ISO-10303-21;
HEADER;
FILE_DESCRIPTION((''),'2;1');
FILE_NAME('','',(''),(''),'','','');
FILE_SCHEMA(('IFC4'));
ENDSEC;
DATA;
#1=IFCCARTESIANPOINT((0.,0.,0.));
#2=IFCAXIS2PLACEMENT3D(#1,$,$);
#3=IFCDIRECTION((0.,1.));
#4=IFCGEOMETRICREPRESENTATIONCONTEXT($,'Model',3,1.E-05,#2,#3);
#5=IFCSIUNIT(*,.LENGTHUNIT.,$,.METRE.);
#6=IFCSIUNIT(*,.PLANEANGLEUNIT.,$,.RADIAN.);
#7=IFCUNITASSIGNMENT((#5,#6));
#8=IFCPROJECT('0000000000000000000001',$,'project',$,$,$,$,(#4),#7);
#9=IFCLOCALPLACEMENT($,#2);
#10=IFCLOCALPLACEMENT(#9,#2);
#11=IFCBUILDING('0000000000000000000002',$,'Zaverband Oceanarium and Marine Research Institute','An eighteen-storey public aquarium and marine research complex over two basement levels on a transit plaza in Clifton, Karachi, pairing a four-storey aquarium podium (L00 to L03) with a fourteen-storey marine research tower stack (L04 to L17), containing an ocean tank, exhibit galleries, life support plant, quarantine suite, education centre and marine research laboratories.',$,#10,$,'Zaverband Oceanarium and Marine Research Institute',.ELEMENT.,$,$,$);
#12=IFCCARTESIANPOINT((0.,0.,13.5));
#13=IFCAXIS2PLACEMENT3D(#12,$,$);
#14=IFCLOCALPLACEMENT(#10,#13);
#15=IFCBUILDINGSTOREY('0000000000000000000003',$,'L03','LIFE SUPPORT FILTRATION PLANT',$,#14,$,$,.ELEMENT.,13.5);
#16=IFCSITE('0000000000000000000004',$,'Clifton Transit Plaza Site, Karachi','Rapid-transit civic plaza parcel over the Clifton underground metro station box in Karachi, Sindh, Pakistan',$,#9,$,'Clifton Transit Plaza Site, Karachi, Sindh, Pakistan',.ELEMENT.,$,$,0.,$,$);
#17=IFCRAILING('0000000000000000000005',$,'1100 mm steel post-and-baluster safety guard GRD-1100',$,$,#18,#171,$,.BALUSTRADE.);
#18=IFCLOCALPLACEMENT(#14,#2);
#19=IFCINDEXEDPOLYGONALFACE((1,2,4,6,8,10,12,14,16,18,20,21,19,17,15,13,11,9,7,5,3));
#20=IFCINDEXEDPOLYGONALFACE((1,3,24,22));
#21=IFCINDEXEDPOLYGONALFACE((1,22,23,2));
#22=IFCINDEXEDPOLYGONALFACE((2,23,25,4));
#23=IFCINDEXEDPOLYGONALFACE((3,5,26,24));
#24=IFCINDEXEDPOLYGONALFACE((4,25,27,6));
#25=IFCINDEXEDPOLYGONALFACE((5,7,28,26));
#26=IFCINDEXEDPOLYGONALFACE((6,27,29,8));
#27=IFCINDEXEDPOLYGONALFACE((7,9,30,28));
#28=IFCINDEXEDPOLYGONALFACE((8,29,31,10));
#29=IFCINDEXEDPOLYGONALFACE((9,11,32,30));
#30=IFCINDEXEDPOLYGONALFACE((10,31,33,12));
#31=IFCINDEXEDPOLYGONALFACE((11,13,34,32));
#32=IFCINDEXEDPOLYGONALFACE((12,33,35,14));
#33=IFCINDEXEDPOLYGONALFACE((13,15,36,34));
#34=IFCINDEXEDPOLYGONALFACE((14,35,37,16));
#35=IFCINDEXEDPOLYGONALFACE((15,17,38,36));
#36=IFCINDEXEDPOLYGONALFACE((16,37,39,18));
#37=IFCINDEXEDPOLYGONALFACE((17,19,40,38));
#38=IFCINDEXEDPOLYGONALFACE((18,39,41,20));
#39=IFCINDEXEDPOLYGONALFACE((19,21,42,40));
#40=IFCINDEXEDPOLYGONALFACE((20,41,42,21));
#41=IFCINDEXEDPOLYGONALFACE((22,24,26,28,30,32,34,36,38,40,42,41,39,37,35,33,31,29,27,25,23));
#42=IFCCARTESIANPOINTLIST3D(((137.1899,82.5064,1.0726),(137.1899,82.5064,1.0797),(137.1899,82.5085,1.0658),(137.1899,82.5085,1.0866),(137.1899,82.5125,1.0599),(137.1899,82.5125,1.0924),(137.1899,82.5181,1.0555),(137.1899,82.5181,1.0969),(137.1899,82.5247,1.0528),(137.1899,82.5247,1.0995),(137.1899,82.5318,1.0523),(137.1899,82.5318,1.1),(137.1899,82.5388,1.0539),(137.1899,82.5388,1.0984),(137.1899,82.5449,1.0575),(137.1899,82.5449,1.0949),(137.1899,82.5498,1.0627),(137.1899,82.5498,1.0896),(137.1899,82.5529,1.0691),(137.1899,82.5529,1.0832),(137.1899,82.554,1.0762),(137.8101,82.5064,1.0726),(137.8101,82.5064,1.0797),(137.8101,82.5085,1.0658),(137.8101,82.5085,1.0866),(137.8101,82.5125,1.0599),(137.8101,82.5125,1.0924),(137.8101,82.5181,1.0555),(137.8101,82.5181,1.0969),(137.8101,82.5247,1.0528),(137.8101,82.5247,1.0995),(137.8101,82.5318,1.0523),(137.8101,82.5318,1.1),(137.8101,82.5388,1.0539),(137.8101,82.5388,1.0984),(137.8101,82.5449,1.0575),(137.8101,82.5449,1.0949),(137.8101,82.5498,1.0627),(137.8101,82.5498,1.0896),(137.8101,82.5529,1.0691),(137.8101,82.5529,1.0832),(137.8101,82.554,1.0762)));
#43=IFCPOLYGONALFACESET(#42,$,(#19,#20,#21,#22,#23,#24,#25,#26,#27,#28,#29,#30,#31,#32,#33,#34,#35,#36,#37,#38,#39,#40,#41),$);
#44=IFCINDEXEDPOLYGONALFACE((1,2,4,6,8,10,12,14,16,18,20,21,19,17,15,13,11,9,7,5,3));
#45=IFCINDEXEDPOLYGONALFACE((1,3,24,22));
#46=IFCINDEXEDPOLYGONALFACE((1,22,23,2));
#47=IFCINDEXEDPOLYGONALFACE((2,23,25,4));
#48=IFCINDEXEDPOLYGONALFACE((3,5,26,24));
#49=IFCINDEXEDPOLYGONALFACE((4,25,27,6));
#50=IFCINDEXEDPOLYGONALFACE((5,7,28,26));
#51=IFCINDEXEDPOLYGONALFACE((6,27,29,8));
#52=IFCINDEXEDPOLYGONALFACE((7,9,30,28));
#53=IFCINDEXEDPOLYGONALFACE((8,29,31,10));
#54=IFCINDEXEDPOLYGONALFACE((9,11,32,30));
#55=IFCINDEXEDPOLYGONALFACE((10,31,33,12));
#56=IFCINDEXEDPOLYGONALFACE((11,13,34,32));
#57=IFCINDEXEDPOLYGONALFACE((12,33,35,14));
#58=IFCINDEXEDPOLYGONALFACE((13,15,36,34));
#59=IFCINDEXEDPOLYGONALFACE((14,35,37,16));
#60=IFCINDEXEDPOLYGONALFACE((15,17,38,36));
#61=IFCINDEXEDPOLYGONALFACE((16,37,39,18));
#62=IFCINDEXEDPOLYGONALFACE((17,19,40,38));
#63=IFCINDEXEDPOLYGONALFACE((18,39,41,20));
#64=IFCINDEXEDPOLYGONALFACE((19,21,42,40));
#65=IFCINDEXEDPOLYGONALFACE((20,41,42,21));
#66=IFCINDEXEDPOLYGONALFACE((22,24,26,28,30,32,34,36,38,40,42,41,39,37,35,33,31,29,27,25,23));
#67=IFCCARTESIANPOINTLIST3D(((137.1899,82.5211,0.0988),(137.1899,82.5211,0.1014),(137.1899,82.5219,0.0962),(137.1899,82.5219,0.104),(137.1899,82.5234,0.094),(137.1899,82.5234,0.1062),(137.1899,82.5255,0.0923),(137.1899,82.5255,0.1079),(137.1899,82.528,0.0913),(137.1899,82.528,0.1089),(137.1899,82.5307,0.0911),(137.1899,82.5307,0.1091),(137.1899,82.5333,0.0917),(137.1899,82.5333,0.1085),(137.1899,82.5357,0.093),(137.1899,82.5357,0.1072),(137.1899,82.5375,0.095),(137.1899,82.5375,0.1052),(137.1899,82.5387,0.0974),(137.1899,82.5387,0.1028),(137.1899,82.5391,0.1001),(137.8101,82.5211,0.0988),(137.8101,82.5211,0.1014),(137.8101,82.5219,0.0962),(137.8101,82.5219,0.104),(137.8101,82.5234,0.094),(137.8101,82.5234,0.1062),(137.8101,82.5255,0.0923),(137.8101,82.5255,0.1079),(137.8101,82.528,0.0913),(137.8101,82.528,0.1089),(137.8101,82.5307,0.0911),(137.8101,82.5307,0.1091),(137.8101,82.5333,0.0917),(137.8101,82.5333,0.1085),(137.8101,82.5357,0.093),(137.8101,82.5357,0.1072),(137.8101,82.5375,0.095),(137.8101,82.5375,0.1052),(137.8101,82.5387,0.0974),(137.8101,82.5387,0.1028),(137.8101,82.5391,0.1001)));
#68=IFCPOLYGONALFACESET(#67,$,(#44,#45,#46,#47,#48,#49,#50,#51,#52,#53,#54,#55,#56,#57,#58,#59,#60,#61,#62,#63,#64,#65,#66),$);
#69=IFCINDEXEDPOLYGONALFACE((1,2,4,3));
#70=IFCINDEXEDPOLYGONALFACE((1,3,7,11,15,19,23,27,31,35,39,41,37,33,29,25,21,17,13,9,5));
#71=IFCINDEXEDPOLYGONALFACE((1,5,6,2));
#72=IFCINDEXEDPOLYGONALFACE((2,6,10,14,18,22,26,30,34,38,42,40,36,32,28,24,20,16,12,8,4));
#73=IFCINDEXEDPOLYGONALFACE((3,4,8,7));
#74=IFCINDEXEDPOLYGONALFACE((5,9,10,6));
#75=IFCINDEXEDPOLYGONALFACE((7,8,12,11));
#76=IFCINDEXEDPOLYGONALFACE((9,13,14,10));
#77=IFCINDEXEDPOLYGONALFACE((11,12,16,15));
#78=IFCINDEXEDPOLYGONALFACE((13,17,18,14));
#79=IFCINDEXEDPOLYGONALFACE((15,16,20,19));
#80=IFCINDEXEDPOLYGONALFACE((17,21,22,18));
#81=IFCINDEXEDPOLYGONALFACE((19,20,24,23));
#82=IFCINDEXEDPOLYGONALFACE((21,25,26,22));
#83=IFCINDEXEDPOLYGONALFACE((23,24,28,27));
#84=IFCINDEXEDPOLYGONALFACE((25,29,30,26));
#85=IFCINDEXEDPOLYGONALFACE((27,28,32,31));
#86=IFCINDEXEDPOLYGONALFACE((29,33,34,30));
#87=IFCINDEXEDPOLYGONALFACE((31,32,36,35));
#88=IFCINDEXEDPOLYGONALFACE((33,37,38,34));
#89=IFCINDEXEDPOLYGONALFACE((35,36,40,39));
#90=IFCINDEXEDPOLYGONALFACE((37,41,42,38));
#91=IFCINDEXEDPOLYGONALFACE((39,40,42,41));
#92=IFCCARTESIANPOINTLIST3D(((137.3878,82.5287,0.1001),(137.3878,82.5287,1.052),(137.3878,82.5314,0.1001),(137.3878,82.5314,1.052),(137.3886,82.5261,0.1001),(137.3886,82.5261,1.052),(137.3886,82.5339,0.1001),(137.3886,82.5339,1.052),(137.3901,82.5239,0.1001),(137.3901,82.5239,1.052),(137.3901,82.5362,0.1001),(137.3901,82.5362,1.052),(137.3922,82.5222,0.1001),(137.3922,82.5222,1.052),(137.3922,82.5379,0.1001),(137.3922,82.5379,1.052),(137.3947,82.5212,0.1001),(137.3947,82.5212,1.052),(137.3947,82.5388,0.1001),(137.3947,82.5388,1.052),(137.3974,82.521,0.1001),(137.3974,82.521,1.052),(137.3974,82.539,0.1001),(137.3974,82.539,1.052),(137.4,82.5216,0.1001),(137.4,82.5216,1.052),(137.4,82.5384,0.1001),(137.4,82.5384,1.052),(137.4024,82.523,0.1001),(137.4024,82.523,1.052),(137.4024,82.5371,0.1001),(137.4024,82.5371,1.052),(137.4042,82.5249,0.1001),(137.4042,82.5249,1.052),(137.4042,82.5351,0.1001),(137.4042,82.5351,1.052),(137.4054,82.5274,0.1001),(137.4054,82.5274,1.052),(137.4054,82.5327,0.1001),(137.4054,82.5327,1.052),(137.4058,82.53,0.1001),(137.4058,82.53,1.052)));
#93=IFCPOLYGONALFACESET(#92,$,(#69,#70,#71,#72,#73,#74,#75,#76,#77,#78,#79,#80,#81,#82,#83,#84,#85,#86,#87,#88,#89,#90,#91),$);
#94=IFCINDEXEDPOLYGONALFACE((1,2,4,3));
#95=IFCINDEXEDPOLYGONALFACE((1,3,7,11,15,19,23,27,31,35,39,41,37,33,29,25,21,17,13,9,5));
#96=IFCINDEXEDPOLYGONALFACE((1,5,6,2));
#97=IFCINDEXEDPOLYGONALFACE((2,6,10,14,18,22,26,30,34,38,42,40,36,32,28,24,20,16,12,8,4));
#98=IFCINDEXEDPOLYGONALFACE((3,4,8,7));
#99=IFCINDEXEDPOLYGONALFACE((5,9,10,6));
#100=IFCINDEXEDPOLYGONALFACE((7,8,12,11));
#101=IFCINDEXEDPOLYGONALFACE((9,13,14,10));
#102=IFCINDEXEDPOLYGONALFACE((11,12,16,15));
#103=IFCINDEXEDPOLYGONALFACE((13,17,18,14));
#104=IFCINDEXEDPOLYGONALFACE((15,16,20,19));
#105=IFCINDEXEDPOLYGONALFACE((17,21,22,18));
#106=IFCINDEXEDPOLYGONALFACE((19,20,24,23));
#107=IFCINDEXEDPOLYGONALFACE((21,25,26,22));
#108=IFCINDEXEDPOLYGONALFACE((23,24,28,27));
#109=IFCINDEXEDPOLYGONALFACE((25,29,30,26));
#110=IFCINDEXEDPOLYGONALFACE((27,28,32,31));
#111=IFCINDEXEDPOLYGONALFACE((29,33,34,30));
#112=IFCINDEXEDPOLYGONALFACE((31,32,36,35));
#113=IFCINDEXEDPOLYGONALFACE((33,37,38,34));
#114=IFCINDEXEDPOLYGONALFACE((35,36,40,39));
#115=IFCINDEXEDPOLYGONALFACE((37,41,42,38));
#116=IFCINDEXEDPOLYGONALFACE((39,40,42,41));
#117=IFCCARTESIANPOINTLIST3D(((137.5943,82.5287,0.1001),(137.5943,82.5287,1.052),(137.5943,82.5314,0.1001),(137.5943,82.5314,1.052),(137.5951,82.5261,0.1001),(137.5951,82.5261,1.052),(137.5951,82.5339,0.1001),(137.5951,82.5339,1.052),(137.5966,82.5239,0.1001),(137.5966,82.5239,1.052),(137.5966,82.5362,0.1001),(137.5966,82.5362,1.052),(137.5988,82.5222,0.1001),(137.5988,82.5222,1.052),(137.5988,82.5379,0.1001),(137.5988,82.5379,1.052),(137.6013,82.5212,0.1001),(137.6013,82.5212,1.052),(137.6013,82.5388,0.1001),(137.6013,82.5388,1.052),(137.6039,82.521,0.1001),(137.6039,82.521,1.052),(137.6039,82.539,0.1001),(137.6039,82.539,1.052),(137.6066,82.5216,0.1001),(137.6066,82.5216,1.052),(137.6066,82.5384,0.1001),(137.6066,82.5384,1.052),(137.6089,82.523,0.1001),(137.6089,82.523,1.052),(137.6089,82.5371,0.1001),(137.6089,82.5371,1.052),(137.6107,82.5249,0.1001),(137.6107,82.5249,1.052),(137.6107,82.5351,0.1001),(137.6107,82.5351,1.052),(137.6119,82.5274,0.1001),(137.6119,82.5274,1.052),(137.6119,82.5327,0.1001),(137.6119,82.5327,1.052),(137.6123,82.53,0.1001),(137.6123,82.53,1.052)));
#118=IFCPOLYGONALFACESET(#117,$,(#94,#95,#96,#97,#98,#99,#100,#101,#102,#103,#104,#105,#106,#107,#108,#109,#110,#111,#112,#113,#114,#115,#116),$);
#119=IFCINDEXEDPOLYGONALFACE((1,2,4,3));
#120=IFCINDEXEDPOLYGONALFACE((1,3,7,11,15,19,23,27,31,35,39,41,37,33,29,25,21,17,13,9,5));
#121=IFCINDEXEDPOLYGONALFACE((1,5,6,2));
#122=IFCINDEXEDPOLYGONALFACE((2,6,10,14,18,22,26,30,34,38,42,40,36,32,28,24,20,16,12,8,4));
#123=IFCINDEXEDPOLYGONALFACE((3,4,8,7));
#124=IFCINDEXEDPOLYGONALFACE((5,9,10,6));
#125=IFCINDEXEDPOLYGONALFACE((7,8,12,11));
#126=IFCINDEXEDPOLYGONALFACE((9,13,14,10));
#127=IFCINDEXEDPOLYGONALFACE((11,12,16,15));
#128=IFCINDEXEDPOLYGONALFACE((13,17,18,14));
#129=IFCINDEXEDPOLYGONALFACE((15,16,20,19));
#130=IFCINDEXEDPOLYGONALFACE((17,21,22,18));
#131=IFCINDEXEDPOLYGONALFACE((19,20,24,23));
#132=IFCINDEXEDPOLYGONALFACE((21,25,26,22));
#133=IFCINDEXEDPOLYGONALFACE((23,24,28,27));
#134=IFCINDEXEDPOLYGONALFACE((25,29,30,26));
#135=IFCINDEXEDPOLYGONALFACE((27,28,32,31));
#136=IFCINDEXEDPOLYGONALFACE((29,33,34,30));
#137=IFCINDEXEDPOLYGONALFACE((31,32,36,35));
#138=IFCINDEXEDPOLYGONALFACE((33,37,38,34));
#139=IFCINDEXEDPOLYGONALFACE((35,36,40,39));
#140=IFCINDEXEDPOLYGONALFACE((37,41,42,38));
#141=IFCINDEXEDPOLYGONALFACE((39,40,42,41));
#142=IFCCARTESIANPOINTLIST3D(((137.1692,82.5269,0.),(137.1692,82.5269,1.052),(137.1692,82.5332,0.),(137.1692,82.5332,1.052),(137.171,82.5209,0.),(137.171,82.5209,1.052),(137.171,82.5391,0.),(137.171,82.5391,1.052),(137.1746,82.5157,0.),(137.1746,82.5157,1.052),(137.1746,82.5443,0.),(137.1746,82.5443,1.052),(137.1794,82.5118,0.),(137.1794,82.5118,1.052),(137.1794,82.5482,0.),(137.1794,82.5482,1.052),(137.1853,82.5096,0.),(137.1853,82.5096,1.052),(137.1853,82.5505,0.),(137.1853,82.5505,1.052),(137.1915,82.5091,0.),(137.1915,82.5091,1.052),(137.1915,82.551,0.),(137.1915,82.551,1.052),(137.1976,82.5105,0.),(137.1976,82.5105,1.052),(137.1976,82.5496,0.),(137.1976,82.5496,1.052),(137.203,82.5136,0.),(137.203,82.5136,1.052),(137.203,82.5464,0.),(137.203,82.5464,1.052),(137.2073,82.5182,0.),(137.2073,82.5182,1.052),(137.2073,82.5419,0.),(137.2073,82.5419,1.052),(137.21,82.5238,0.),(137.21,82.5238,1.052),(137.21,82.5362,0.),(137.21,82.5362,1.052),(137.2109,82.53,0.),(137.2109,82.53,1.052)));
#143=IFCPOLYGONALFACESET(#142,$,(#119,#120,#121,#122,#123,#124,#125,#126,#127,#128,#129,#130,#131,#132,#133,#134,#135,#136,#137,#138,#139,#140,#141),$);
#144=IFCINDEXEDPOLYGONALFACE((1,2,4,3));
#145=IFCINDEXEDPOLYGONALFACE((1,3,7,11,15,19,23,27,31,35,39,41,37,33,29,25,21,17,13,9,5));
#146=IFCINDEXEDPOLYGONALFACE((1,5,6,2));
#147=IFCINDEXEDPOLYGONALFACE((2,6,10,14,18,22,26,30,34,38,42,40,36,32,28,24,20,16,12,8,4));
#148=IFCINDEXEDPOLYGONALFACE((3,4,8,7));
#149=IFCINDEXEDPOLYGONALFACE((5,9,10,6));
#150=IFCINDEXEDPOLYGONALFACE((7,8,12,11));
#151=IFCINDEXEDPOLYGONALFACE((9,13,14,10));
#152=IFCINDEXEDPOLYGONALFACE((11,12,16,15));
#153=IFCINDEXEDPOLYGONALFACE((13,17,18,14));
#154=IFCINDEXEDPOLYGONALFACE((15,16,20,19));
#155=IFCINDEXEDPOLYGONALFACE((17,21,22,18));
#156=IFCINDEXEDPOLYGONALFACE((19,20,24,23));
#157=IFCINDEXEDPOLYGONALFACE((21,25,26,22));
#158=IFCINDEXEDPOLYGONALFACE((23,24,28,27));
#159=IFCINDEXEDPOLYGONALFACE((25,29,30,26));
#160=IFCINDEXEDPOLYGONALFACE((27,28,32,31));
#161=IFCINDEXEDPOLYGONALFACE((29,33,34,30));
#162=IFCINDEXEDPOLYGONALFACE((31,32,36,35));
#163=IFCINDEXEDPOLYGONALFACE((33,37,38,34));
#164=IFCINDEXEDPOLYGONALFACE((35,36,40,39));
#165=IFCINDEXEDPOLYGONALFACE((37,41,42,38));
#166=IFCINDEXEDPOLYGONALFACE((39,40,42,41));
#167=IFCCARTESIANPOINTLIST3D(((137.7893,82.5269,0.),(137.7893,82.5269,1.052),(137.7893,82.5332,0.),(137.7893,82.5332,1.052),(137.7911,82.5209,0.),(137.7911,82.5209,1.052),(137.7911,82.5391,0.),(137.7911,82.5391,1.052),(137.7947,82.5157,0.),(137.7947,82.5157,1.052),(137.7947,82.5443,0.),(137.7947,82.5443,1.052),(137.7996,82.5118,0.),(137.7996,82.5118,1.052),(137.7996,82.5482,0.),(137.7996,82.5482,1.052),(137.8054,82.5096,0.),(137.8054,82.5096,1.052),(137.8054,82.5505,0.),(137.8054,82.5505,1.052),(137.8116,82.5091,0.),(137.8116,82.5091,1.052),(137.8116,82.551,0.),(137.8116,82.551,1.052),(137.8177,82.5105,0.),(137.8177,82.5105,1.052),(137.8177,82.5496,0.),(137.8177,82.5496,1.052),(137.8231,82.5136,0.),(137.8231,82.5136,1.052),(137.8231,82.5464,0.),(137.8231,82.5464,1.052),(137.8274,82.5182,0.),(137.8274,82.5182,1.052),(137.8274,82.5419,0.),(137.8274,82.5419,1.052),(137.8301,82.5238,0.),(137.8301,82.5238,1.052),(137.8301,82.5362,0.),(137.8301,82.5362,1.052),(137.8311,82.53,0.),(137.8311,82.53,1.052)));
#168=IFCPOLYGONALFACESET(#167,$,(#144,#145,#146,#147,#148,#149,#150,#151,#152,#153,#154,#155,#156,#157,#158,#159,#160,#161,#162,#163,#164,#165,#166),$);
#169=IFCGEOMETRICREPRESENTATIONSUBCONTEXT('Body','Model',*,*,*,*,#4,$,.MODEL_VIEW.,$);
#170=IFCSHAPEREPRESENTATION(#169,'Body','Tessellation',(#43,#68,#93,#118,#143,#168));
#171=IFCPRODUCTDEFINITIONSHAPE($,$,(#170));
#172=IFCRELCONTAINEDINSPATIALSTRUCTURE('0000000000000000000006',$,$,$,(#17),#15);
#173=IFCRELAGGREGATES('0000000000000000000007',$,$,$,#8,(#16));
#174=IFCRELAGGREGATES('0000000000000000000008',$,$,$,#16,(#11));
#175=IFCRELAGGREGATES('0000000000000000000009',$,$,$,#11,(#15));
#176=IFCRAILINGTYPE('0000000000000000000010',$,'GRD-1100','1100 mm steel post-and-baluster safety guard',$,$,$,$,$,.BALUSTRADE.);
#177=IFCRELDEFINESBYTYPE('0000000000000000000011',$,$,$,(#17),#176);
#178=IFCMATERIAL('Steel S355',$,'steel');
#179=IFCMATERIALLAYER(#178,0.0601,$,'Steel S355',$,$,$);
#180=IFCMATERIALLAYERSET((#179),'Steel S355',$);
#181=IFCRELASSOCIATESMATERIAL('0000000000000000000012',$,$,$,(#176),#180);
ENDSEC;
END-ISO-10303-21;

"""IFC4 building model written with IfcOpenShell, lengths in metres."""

from ifc_helpers import new_model, si_unit, direction, frame, origin, origin_2d, place, context, subcontext, project, spatial, circle, extrude, material, layer, layer_set, type_object, element, save


model = new_model("IFC4")

# Units and contexts
model_context = context("Model", 3, precision=1e-05, world=origin(), true_north=direction((0.0, 1.0)))
body_context = subcontext(model_context, "Body", "Model", "MODEL_VIEW")
ifc_project = project(units=[si_unit("LENGTHUNIT", "METRE"), si_unit("PLANEANGLEUNIT", "RADIAN")], contexts=[model_context])

# Site, building, storey
site_placement = place(None, origin())
site = spatial("IfcSite", under=ifc_project, at=site_placement, Name="Clifton Transit Plaza Site, Karachi", Description="Rapid-transit civic plaza parcel over the Clifton underground metro station box in Karachi, Sindh, Pakistan", LongName="Clifton Transit Plaza Site, Karachi, Sindh, Pakistan", CompositionType="ELEMENT", RefElevation=0.0)
building_placement = place(site_placement, origin())
building = spatial("IfcBuilding", under=site, at=building_placement, Name="Zaverband Oceanarium and Marine Research Institute", Description="An eighteen-storey public aquarium and marine research complex over two basement levels on a transit plaza in Clifton, Karachi, pairing a four-storey aquarium podium (L00 to L03) with a fourteen-storey marine research tower stack (L04 to L17), containing an ocean tank, exhibit galleries, life support plant, quarantine suite, education centre and marine research laboratories.", LongName="Zaverband Oceanarium and Marine Research Institute", CompositionType="ELEMENT")
storey_placement = place(building_placement, frame((0.0, 0.0, 13.5)))
storey = spatial("IfcBuildingStorey", under=building, at=storey_placement, Name="L03", Description="LIFE SUPPORT FILTRATION PLANT", CompositionType="ELEMENT", Elevation=13.5)

# Shared definitions
ifc_material_1 = material(Name="Steel S355", Category="steel")

# Railing
ifc_layer_1 = layer(ifc_material_1, 0.0601, Name="Steel S355")
ifc_layer_set_1 = layer_set([ifc_layer_1], Name="Steel S355")
railing_type_1 = type_object("IfcRailingType", Name="GRD-1100", Description="1100 mm steel post-and-baluster safety guard", PredefinedType="BALUSTRADE", material=ifc_layer_set_1)
for number, where, name in (
    (1, (137.1899, 82.53, 0.0), "1100 mm steel post-and-baluster safety guard GRD-1100"),
):
    element("IfcRailing", number, at=place(storey_placement, frame(where)), inside=storey, type_object=railing_type_1, Name=name, PredefinedType="BALUSTRADE", context=body_context, shape_type="SweptSolid", body=[
        extrude(circle(Radius=0.0239, at=origin_2d()), frame((0.0, 0.0, 1.0762), z_axis=(1.0, 0.0, 0.0), x_axis=(0.0, 1.0, 0.0)), (0.0, 0.0, 1.0), 0.6201),
        extrude(circle(Radius=0.009, at=origin_2d()), frame((0.0, 0.0, 0.1001), z_axis=(1.0, 0.0, 0.0), x_axis=(0.0, 1.0, 0.0)), (0.0, 0.0, 1.0), 0.6201),
        extrude(circle(Radius=0.009, at=origin_2d()), frame((0.2068, 0.0, 0.1001)), (0.0, 0.0, 1.0), 0.9519),
        extrude(circle(Radius=0.009, at=origin_2d()), frame((0.4133, 0.0, 0.1001)), (0.0, 0.0, 1.0), 0.9519),
        extrude(circle(Radius=0.021, at=origin_2d()), origin(), (0.0, 0.0, 1.0), 1.052),
        extrude(circle(Radius=0.021, at=origin_2d()), frame((0.6201, 0.0, 0.0)), (0.0, 0.0, 1.0), 1.052),
    ])

save(model, "model.ifc")
